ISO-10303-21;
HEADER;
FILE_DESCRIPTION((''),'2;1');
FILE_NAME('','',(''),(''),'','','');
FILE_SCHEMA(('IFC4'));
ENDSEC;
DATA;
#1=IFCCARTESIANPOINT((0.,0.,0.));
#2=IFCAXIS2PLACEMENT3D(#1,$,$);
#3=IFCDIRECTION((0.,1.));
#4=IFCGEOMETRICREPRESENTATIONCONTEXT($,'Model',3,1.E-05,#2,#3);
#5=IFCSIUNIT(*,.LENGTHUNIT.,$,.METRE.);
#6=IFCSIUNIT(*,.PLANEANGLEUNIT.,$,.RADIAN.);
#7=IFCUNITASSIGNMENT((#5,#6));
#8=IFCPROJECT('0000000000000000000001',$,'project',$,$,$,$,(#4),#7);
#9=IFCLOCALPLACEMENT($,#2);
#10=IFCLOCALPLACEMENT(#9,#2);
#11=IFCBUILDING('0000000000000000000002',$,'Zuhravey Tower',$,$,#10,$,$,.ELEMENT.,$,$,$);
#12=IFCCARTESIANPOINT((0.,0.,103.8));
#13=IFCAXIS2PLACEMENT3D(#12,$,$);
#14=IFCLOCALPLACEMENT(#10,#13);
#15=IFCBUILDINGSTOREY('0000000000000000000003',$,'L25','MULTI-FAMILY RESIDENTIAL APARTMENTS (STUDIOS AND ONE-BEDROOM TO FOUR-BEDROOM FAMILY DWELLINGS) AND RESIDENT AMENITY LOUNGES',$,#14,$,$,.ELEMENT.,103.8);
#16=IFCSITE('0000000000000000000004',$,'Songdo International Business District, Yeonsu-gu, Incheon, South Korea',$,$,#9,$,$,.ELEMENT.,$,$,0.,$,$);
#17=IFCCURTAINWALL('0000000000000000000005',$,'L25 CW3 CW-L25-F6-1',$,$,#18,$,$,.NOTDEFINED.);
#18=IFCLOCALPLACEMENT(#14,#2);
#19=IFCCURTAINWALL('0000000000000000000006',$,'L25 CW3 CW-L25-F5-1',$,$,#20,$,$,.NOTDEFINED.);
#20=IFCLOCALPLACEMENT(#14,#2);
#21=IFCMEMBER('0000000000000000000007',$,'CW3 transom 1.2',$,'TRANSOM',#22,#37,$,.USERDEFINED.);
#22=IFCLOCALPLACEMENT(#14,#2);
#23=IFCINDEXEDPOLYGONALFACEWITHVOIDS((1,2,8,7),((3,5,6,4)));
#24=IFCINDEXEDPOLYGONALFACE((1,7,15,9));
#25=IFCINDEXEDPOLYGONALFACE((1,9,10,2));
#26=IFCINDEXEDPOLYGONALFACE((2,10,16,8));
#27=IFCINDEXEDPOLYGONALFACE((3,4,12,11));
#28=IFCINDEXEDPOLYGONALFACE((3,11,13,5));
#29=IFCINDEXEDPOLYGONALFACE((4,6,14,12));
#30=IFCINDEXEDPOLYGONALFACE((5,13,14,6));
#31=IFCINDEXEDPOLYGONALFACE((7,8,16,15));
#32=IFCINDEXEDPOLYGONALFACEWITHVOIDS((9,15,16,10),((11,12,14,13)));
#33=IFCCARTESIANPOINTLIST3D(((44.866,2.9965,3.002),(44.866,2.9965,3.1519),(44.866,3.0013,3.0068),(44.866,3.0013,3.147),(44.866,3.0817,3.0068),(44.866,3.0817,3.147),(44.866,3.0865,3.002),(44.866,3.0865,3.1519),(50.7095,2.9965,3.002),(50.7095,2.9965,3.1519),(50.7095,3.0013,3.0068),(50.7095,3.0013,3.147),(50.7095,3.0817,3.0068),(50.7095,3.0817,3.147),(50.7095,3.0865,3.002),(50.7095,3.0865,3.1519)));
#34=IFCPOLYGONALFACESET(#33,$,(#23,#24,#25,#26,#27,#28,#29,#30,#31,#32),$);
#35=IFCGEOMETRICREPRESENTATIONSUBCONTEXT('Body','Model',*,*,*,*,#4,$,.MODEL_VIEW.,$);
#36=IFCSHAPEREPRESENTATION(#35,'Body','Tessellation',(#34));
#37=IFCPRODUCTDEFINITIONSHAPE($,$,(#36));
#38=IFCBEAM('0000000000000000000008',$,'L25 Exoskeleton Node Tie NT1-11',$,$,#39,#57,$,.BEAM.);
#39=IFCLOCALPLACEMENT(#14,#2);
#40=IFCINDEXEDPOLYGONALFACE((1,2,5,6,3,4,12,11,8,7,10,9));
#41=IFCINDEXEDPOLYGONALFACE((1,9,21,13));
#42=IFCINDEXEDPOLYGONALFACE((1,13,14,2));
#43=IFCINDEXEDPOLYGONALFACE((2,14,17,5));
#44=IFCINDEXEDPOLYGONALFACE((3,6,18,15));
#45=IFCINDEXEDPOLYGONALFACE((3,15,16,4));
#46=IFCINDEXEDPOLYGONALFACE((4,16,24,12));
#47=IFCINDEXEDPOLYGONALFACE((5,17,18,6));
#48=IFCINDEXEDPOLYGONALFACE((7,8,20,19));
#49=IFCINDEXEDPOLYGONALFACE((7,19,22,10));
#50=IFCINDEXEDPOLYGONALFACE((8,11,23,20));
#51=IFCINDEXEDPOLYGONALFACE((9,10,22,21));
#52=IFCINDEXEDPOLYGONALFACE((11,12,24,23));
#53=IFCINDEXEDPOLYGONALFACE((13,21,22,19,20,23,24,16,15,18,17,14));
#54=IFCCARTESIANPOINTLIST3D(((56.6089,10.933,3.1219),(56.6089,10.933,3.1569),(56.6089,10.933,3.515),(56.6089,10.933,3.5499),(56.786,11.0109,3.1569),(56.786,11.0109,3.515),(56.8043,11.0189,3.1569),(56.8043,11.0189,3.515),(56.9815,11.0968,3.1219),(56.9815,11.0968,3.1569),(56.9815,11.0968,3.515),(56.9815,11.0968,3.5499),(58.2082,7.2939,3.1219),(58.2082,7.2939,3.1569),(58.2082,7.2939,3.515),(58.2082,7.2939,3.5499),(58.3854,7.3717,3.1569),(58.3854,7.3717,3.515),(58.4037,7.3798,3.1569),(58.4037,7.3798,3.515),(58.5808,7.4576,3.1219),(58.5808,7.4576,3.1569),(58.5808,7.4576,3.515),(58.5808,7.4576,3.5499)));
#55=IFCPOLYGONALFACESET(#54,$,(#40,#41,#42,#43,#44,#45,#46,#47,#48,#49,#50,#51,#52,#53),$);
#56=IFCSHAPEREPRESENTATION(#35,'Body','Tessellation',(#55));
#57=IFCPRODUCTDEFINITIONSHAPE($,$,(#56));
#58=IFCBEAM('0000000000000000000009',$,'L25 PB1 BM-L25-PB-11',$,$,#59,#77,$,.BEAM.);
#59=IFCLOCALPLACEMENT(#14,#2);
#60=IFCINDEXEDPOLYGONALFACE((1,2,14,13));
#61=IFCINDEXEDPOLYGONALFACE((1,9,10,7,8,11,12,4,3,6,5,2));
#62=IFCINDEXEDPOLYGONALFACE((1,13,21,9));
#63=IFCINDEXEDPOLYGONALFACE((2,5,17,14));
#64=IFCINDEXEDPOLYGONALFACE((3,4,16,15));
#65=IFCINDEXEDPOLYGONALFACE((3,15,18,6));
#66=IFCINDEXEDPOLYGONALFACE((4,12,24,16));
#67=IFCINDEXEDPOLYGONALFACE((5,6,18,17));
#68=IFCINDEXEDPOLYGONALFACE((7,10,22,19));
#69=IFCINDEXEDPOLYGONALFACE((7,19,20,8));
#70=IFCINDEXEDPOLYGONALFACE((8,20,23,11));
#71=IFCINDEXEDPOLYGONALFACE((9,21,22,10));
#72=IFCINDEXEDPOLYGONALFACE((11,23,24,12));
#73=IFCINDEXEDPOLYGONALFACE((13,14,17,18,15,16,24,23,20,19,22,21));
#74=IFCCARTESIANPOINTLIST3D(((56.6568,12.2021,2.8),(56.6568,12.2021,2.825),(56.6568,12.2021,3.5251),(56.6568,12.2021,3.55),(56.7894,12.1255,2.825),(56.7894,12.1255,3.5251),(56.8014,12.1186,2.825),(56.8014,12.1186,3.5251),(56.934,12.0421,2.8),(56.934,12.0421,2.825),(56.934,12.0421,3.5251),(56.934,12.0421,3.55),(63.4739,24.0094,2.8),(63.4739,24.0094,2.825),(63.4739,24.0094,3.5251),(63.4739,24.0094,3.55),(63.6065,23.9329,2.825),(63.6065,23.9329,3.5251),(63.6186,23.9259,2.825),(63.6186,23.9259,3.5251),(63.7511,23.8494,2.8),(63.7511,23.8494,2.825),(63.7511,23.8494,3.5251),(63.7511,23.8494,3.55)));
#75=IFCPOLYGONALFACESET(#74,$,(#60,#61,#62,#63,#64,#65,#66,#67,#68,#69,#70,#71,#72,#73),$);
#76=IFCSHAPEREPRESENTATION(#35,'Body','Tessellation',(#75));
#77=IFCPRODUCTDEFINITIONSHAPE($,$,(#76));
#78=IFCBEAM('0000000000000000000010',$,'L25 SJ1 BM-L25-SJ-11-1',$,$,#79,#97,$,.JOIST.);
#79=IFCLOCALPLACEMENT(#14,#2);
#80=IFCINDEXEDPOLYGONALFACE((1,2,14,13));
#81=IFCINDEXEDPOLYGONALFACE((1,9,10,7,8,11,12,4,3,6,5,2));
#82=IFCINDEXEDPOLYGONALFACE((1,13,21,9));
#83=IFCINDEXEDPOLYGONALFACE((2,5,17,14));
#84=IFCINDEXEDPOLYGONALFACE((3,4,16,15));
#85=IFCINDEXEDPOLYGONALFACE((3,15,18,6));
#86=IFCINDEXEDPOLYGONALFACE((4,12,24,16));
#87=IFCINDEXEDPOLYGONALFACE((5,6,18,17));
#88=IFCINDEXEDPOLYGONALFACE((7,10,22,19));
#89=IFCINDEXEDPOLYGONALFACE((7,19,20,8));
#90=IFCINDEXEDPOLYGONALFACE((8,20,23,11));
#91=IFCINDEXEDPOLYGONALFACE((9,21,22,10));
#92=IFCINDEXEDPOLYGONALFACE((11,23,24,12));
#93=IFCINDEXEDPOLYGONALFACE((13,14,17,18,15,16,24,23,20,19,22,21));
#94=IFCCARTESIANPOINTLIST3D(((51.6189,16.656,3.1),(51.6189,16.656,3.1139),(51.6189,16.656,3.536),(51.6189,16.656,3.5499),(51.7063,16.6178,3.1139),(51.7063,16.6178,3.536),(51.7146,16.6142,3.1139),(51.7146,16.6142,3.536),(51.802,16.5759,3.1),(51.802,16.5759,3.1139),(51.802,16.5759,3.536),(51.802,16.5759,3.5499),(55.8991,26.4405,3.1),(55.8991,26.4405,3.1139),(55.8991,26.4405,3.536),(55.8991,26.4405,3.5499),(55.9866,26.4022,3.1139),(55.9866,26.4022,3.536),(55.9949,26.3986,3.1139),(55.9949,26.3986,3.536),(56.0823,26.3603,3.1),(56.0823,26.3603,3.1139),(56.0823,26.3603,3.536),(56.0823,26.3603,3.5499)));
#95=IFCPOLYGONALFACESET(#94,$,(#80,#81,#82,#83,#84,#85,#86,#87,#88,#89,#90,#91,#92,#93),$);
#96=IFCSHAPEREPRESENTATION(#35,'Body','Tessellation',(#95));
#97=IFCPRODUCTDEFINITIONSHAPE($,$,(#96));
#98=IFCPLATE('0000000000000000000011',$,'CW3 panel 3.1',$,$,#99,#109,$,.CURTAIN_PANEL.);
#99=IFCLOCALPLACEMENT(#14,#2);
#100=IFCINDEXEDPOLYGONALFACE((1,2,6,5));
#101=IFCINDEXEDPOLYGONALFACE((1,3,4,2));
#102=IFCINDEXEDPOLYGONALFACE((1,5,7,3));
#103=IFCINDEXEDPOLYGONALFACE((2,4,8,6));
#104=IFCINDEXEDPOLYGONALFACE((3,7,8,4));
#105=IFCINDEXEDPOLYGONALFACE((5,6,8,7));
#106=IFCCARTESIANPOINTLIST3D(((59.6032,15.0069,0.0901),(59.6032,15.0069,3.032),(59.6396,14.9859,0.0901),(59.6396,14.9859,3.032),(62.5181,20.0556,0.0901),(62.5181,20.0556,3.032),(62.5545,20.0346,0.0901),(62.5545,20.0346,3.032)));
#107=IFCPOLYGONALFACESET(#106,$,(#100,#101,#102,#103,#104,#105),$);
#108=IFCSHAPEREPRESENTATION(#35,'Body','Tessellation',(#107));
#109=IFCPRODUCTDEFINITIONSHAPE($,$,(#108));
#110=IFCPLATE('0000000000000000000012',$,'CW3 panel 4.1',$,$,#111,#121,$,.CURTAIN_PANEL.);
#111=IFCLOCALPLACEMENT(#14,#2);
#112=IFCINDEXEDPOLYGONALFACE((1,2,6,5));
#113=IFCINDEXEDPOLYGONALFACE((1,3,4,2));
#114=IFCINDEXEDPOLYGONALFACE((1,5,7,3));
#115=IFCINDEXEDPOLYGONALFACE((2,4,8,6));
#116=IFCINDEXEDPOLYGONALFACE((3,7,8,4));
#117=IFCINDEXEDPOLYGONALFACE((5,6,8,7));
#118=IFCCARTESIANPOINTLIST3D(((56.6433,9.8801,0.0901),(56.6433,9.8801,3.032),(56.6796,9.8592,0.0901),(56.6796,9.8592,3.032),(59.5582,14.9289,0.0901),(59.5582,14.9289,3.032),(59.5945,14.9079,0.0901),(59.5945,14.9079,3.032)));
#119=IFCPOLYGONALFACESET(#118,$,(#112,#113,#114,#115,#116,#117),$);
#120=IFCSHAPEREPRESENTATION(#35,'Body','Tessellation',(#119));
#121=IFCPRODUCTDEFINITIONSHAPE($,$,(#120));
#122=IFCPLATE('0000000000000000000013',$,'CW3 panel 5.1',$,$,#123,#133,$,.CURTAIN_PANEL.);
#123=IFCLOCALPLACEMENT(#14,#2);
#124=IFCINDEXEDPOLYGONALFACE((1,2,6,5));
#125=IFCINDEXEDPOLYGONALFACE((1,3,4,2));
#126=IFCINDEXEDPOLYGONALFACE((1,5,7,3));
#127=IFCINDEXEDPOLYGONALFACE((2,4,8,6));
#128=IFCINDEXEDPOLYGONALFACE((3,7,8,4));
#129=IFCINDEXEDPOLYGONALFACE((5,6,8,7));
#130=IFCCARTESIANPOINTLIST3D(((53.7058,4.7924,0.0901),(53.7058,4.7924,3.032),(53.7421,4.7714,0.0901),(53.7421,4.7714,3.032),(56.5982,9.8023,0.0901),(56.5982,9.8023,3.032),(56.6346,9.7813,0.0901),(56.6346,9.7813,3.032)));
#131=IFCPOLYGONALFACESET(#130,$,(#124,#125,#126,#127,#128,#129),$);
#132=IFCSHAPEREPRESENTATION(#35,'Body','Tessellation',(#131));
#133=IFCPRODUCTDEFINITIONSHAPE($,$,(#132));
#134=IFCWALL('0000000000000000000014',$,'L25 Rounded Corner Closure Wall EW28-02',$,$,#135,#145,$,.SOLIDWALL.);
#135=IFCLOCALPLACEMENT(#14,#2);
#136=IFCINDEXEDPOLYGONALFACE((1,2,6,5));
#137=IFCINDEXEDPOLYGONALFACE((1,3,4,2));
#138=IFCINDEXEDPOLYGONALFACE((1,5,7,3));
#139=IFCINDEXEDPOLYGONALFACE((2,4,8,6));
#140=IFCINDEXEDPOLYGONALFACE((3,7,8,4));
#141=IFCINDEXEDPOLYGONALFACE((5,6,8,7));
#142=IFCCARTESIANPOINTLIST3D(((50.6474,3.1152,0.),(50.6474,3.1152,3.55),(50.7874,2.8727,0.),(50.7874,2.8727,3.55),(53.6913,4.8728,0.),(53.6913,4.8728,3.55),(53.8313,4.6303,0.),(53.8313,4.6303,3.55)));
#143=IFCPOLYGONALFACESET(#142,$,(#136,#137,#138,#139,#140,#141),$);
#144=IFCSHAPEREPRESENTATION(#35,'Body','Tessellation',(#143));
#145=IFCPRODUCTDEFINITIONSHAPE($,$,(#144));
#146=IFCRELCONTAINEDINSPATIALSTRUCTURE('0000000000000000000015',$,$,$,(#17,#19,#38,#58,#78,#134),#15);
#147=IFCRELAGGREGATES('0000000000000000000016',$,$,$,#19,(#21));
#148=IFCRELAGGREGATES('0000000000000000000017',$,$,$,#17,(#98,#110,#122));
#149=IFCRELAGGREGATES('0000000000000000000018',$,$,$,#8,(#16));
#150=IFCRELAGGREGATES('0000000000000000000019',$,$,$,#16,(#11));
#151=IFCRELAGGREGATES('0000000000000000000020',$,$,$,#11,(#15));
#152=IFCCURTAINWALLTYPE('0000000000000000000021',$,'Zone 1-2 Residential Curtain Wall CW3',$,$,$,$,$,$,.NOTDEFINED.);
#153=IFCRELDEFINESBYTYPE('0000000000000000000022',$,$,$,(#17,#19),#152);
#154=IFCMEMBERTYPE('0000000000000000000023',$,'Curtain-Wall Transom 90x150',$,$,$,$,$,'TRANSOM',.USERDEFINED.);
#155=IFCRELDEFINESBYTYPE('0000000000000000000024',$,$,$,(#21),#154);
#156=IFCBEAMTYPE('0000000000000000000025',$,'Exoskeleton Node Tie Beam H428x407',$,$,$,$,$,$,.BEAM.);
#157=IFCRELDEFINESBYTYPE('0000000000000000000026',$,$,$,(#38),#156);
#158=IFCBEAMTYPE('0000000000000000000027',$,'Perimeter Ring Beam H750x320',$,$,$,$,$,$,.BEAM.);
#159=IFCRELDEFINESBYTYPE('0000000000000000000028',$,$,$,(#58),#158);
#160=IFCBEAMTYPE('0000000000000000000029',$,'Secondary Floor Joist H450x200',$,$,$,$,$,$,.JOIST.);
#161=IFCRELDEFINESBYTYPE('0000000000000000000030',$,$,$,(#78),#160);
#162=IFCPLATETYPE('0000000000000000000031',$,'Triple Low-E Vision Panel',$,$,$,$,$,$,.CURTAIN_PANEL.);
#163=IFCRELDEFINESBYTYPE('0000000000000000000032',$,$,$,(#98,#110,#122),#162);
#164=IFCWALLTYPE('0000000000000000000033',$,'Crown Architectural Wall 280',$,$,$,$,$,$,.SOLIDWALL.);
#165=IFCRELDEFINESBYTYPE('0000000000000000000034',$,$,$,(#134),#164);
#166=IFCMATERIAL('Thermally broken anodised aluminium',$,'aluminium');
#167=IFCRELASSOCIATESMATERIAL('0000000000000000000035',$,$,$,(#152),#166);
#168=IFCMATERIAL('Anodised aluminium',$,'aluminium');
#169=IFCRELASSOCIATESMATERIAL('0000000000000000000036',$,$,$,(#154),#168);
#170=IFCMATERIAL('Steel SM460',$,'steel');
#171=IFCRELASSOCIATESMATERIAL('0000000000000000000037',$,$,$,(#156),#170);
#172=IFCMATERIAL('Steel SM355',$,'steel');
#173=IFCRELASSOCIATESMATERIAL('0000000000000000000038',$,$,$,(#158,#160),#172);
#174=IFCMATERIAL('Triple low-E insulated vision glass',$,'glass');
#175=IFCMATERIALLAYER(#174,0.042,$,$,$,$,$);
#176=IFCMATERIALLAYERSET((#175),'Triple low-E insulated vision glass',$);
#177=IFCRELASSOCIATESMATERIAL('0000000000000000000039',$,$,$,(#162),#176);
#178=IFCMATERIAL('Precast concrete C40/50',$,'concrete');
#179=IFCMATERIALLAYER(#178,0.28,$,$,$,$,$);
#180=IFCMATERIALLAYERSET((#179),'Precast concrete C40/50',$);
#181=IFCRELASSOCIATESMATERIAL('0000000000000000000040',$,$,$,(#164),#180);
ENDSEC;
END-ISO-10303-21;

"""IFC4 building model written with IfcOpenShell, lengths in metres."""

from ifc_helpers import new_model, si_unit, direction, frame, frame_2d, origin, origin_2d, place, context, subcontext, project, spatial, rectangle, hollow_rectangle, i_section, extrude, material, layer, layer_set, material_profile, profile_set, type_object, element, aggregate, save


model = new_model("IFC4")

# Units and contexts
model_context = context("Model", 3, precision=1e-05, world=origin(), true_north=direction((0.0, 1.0)))
body_context = subcontext(model_context, "Body", "Model", "MODEL_VIEW")
ifc_project = project(units=[si_unit("LENGTHUNIT", "METRE"), si_unit("PLANEANGLEUNIT", "RADIAN")], contexts=[model_context])

# Site, building, storey
site_placement = place(None, origin())
site = spatial("IfcSite", under=ifc_project, at=site_placement, Name="Songdo International Business District, Yeonsu-gu, Incheon, South Korea", CompositionType="ELEMENT", RefElevation=0.0)
building_placement = place(site_placement, origin())
building = spatial("IfcBuilding", under=site, at=building_placement, Name="Zuhravey Tower", CompositionType="ELEMENT")
storey_placement = place(building_placement, frame((0.0, 0.0, 103.8)))
storey = spatial("IfcBuildingStorey", under=building, at=storey_placement, Name="L25", Description="MULTI-FAMILY RESIDENTIAL APARTMENTS (STUDIOS AND ONE-BEDROOM TO FOUR-BEDROOM FAMILY DWELLINGS) AND RESIDENT AMENITY LOUNGES", CompositionType="ELEMENT", Elevation=103.8)

# Curtain wall
ifc_material_1 = material(Name="Thermally broken anodised aluminium", Category="aluminium")
curtain_wall_type = type_object("IfcCurtainWallType", Name="Zone 1-2 Residential Curtain Wall CW3", PredefinedType="NOTDEFINED", material=ifc_material_1)
curtain_wall_1_placement = place(storey_placement, origin())
curtain_wall_1 = element("IfcCurtainWall", 1, at=curtain_wall_1_placement, inside=storey, type_object=curtain_wall_type, Name="L25 CW3 CW-L25-F6-1", PredefinedType="NOTDEFINED")
ifc_material_2 = material(Name="Anodised aluminium", Category="aluminium")

# Curtain wall
curtain_wall_2_placement = place(storey_placement, origin())
curtain_wall_2 = element("IfcCurtainWall", 2, at=curtain_wall_2_placement, inside=storey, type_object=curtain_wall_type, Name="L25 CW3 CW-L25-F5-1", PredefinedType="NOTDEFINED")

# Member
ifc_material_profile_1 = material_profile(ifc_material_2, hollow_rectangle(XDim=0.0901, YDim=0.1499, WallThickness=0.0049, at=origin_2d()), Name="ALU-RHS-90x150x5")
ifc_profile_set_1 = profile_set([ifc_material_profile_1], Name="Anodised aluminium")
member_type_1 = type_object("IfcMemberType", Name="Curtain-Wall Transom 90x150", ElementType="TRANSOM", PredefinedType="USERDEFINED", material=ifc_profile_set_1)
member_1_placement = place(storey_placement, frame((50.7095, 3.0415, 3.0769), z_axis=(-1.0, 0.0, 0.0), x_axis=(0.0, -1.0, 0.0)))
member_1 = element("IfcMember", 3, at=member_1_placement, type_object=member_type_1, Name="CW3 transom 1.2", ObjectType="TRANSOM", PredefinedType="USERDEFINED", context=body_context, shape_type="SweptSolid", body=[
    extrude(hollow_rectangle(XDim=0.0901, YDim=0.1499, WallThickness=0.0049, at=origin_2d()), origin(), (0.0, 0.0, 1.0), 5.8435),
])
aggregate(curtain_wall_2, [member_1])

# Beams
ifc_material_3 = material(Name="Steel SM460", Category="steel")
ifc_material_profile_2 = material_profile(ifc_material_3, i_section(OverallWidth=0.407, OverallDepth=0.428, WebThickness=0.02, FlangeThickness=0.0349, at=origin_2d()), Name="H-428x407x20x35")
ifc_profile_set_2 = profile_set([ifc_material_profile_2], Name="Steel SM460")
beam_type_1 = type_object("IfcBeamType", Name="Exoskeleton Node Tie Beam H428x407", PredefinedType="BEAM", material=ifc_profile_set_2)
beam_1_placement = place(storey_placement, frame((56.7952, 11.0149, 3.3359), z_axis=(0.402345, -0.915488, 0.0), x_axis=(0.915488, 0.402345, 0.0)))
element("IfcBeam", 4, at=beam_1_placement, inside=storey, type_object=beam_type_1, Name="L25 Exoskeleton Node Tie NT1-11", PredefinedType="BEAM", context=body_context, shape_type="SweptSolid", body=[
    extrude(i_section(OverallWidth=0.407, OverallDepth=0.428, WebThickness=0.02, FlangeThickness=0.0349, at=origin_2d()), origin(), (0.0, 0.0, 1.0), 3.9751),
])
ifc_material_4 = material(Name="Steel SM355", Category="steel")
ifc_material_profile_3 = material_profile(ifc_material_4, i_section(OverallWidth=0.3201, OverallDepth=0.75, WebThickness=0.0139, FlangeThickness=0.0249, at=origin_2d()), Name="H-750x320x14x25")
ifc_profile_set_3 = profile_set([ifc_material_profile_3], Name="Steel SM355")
beam_type_2 = type_object("IfcBeamType", Name="Perimeter Ring Beam H750x320", PredefinedType="BEAM", material=ifc_profile_set_3)
beam_2_placement = place(storey_placement, frame((56.7954, 12.1221, 3.175), z_axis=(0.500008, 0.866021, 0.0), x_axis=(-0.866021, 0.500008, 0.0)))
element("IfcBeam", 5, at=beam_2_placement, inside=storey, type_object=beam_type_2, Name="L25 PB1 BM-L25-PB-11", PredefinedType="BEAM", context=body_context, shape_type="SweptSolid", body=[
    extrude(i_section(OverallWidth=0.3201, OverallDepth=0.75, WebThickness=0.0139, FlangeThickness=0.0249, at=origin_2d()), origin(), (0.0, 0.0, 1.0), 13.634),
])
ifc_material_profile_4 = material_profile(ifc_material_4, i_section(OverallWidth=0.2, OverallDepth=0.45, WebThickness=0.009, FlangeThickness=0.0139, at=origin_2d()), Name="H-450x200x9x14")
ifc_profile_set_4 = profile_set([ifc_material_profile_4], Name="Steel SM355")
beam_type_3 = type_object("IfcBeamType", Name="Secondary Floor Joist H450x200", PredefinedType="JOIST", material=ifc_profile_set_4)
beam_3_placement = place(storey_placement, frame((51.7104, 16.616, 3.325), z_axis=(0.400786, 0.916172, 0.0), x_axis=(-0.916172, 0.400786, 0.0)))
element("IfcBeam", 6, at=beam_3_placement, inside=storey, type_object=beam_type_3, Name="L25 SJ1 BM-L25-SJ-11-1", PredefinedType="JOIST", context=body_context, shape_type="SweptSolid", body=[
    extrude(i_section(OverallWidth=0.2, OverallDepth=0.45, WebThickness=0.009, FlangeThickness=0.0139, at=origin_2d()), origin(), (0.0, 0.0, 1.0), 10.6797),
])

# Plates
ifc_material_5 = material(Name="Triple low-E insulated vision glass", Category="glass")
ifc_layer_1 = layer(ifc_material_5, 0.042)
ifc_layer_set_1 = layer_set([ifc_layer_1], Name="Triple low-E insulated vision glass")
plate_type = type_object("IfcPlateType", Name="Triple Low-E Vision Panel", PredefinedType="CURTAIN_PANEL", material=ifc_layer_set_1)
plate_1_placement = place(storey_placement, frame((61.0789, 17.5208, 0.0901), z_axis=(0.0, 0.0, 1.0), x_axis=(-0.5, -0.866026, 0.0)))
plate_1 = element("IfcPlate", 7, at=plate_1_placement, type_object=plate_type, Name="CW3 panel 3.1", PredefinedType="CURTAIN_PANEL", context=body_context, shape_type="SweptSolid", body=[
    extrude(rectangle(XDim=5.8298, YDim=0.042, at=origin_2d()), origin(), (0.0, 0.0, 1.0), 2.9419),
])
plate_2_placement = place(storey_placement, frame((58.1189, 12.394, 0.0901), z_axis=(0.0, 0.0, 1.0), x_axis=(-0.5, -0.866026, 0.0)))
plate_2 = element("IfcPlate", 8, at=plate_2_placement, type_object=plate_type, Name="CW3 panel 4.1", PredefinedType="CURTAIN_PANEL", context=body_context, shape_type="SweptSolid", body=[
    extrude(rectangle(XDim=5.8298, YDim=0.042, at=origin_2d()), origin(), (0.0, 0.0, 1.0), 2.9419),
])
plate_3_placement = place(storey_placement, frame((55.1702, 7.2869, 0.0901), z_axis=(0.0, 0.0, 1.0), x_axis=(-0.5, -0.866026, 0.0)))
plate_3 = element("IfcPlate", 9, at=plate_3_placement, type_object=plate_type, Name="CW3 panel 5.1", PredefinedType="CURTAIN_PANEL", context=body_context, shape_type="SweptSolid", body=[
    extrude(rectangle(XDim=5.7849, YDim=0.042, at=origin_2d()), origin(), (0.0, 0.0, 1.0), 2.9419),
])
aggregate(curtain_wall_1, [plate_1, plate_2, plate_3])

# Wall
ifc_material_6 = material(Name="Precast concrete C40/50", Category="concrete")
ifc_layer_2 = layer(ifc_material_6, 0.28)
ifc_layer_set_2 = layer_set([ifc_layer_2], Name="Precast concrete C40/50")
wall_type_1 = type_object("IfcWallType", Name="Crown Architectural Wall 280", PredefinedType="SOLIDWALL", material=ifc_layer_set_2)
wall_1_placement = place(storey_placement, frame((53.7612, 4.7515, 0.0), z_axis=(0.0, 0.0, 1.0), x_axis=(-0.866007, -0.500031, 0.0)))
element("IfcWall", 10, at=wall_1_placement, inside=storey, type_object=wall_type_1, Name="L25 Rounded Corner Closure Wall EW28-02", PredefinedType="SOLIDWALL", context=body_context, shape_type="SweptSolid", body=[
    extrude(rectangle(XDim=3.5149, YDim=0.28, at=frame_2d((1.7573, 0.0))), origin(), (0.0, 0.0, 1.0), 3.55),
])

save(model, "model.ifc")
